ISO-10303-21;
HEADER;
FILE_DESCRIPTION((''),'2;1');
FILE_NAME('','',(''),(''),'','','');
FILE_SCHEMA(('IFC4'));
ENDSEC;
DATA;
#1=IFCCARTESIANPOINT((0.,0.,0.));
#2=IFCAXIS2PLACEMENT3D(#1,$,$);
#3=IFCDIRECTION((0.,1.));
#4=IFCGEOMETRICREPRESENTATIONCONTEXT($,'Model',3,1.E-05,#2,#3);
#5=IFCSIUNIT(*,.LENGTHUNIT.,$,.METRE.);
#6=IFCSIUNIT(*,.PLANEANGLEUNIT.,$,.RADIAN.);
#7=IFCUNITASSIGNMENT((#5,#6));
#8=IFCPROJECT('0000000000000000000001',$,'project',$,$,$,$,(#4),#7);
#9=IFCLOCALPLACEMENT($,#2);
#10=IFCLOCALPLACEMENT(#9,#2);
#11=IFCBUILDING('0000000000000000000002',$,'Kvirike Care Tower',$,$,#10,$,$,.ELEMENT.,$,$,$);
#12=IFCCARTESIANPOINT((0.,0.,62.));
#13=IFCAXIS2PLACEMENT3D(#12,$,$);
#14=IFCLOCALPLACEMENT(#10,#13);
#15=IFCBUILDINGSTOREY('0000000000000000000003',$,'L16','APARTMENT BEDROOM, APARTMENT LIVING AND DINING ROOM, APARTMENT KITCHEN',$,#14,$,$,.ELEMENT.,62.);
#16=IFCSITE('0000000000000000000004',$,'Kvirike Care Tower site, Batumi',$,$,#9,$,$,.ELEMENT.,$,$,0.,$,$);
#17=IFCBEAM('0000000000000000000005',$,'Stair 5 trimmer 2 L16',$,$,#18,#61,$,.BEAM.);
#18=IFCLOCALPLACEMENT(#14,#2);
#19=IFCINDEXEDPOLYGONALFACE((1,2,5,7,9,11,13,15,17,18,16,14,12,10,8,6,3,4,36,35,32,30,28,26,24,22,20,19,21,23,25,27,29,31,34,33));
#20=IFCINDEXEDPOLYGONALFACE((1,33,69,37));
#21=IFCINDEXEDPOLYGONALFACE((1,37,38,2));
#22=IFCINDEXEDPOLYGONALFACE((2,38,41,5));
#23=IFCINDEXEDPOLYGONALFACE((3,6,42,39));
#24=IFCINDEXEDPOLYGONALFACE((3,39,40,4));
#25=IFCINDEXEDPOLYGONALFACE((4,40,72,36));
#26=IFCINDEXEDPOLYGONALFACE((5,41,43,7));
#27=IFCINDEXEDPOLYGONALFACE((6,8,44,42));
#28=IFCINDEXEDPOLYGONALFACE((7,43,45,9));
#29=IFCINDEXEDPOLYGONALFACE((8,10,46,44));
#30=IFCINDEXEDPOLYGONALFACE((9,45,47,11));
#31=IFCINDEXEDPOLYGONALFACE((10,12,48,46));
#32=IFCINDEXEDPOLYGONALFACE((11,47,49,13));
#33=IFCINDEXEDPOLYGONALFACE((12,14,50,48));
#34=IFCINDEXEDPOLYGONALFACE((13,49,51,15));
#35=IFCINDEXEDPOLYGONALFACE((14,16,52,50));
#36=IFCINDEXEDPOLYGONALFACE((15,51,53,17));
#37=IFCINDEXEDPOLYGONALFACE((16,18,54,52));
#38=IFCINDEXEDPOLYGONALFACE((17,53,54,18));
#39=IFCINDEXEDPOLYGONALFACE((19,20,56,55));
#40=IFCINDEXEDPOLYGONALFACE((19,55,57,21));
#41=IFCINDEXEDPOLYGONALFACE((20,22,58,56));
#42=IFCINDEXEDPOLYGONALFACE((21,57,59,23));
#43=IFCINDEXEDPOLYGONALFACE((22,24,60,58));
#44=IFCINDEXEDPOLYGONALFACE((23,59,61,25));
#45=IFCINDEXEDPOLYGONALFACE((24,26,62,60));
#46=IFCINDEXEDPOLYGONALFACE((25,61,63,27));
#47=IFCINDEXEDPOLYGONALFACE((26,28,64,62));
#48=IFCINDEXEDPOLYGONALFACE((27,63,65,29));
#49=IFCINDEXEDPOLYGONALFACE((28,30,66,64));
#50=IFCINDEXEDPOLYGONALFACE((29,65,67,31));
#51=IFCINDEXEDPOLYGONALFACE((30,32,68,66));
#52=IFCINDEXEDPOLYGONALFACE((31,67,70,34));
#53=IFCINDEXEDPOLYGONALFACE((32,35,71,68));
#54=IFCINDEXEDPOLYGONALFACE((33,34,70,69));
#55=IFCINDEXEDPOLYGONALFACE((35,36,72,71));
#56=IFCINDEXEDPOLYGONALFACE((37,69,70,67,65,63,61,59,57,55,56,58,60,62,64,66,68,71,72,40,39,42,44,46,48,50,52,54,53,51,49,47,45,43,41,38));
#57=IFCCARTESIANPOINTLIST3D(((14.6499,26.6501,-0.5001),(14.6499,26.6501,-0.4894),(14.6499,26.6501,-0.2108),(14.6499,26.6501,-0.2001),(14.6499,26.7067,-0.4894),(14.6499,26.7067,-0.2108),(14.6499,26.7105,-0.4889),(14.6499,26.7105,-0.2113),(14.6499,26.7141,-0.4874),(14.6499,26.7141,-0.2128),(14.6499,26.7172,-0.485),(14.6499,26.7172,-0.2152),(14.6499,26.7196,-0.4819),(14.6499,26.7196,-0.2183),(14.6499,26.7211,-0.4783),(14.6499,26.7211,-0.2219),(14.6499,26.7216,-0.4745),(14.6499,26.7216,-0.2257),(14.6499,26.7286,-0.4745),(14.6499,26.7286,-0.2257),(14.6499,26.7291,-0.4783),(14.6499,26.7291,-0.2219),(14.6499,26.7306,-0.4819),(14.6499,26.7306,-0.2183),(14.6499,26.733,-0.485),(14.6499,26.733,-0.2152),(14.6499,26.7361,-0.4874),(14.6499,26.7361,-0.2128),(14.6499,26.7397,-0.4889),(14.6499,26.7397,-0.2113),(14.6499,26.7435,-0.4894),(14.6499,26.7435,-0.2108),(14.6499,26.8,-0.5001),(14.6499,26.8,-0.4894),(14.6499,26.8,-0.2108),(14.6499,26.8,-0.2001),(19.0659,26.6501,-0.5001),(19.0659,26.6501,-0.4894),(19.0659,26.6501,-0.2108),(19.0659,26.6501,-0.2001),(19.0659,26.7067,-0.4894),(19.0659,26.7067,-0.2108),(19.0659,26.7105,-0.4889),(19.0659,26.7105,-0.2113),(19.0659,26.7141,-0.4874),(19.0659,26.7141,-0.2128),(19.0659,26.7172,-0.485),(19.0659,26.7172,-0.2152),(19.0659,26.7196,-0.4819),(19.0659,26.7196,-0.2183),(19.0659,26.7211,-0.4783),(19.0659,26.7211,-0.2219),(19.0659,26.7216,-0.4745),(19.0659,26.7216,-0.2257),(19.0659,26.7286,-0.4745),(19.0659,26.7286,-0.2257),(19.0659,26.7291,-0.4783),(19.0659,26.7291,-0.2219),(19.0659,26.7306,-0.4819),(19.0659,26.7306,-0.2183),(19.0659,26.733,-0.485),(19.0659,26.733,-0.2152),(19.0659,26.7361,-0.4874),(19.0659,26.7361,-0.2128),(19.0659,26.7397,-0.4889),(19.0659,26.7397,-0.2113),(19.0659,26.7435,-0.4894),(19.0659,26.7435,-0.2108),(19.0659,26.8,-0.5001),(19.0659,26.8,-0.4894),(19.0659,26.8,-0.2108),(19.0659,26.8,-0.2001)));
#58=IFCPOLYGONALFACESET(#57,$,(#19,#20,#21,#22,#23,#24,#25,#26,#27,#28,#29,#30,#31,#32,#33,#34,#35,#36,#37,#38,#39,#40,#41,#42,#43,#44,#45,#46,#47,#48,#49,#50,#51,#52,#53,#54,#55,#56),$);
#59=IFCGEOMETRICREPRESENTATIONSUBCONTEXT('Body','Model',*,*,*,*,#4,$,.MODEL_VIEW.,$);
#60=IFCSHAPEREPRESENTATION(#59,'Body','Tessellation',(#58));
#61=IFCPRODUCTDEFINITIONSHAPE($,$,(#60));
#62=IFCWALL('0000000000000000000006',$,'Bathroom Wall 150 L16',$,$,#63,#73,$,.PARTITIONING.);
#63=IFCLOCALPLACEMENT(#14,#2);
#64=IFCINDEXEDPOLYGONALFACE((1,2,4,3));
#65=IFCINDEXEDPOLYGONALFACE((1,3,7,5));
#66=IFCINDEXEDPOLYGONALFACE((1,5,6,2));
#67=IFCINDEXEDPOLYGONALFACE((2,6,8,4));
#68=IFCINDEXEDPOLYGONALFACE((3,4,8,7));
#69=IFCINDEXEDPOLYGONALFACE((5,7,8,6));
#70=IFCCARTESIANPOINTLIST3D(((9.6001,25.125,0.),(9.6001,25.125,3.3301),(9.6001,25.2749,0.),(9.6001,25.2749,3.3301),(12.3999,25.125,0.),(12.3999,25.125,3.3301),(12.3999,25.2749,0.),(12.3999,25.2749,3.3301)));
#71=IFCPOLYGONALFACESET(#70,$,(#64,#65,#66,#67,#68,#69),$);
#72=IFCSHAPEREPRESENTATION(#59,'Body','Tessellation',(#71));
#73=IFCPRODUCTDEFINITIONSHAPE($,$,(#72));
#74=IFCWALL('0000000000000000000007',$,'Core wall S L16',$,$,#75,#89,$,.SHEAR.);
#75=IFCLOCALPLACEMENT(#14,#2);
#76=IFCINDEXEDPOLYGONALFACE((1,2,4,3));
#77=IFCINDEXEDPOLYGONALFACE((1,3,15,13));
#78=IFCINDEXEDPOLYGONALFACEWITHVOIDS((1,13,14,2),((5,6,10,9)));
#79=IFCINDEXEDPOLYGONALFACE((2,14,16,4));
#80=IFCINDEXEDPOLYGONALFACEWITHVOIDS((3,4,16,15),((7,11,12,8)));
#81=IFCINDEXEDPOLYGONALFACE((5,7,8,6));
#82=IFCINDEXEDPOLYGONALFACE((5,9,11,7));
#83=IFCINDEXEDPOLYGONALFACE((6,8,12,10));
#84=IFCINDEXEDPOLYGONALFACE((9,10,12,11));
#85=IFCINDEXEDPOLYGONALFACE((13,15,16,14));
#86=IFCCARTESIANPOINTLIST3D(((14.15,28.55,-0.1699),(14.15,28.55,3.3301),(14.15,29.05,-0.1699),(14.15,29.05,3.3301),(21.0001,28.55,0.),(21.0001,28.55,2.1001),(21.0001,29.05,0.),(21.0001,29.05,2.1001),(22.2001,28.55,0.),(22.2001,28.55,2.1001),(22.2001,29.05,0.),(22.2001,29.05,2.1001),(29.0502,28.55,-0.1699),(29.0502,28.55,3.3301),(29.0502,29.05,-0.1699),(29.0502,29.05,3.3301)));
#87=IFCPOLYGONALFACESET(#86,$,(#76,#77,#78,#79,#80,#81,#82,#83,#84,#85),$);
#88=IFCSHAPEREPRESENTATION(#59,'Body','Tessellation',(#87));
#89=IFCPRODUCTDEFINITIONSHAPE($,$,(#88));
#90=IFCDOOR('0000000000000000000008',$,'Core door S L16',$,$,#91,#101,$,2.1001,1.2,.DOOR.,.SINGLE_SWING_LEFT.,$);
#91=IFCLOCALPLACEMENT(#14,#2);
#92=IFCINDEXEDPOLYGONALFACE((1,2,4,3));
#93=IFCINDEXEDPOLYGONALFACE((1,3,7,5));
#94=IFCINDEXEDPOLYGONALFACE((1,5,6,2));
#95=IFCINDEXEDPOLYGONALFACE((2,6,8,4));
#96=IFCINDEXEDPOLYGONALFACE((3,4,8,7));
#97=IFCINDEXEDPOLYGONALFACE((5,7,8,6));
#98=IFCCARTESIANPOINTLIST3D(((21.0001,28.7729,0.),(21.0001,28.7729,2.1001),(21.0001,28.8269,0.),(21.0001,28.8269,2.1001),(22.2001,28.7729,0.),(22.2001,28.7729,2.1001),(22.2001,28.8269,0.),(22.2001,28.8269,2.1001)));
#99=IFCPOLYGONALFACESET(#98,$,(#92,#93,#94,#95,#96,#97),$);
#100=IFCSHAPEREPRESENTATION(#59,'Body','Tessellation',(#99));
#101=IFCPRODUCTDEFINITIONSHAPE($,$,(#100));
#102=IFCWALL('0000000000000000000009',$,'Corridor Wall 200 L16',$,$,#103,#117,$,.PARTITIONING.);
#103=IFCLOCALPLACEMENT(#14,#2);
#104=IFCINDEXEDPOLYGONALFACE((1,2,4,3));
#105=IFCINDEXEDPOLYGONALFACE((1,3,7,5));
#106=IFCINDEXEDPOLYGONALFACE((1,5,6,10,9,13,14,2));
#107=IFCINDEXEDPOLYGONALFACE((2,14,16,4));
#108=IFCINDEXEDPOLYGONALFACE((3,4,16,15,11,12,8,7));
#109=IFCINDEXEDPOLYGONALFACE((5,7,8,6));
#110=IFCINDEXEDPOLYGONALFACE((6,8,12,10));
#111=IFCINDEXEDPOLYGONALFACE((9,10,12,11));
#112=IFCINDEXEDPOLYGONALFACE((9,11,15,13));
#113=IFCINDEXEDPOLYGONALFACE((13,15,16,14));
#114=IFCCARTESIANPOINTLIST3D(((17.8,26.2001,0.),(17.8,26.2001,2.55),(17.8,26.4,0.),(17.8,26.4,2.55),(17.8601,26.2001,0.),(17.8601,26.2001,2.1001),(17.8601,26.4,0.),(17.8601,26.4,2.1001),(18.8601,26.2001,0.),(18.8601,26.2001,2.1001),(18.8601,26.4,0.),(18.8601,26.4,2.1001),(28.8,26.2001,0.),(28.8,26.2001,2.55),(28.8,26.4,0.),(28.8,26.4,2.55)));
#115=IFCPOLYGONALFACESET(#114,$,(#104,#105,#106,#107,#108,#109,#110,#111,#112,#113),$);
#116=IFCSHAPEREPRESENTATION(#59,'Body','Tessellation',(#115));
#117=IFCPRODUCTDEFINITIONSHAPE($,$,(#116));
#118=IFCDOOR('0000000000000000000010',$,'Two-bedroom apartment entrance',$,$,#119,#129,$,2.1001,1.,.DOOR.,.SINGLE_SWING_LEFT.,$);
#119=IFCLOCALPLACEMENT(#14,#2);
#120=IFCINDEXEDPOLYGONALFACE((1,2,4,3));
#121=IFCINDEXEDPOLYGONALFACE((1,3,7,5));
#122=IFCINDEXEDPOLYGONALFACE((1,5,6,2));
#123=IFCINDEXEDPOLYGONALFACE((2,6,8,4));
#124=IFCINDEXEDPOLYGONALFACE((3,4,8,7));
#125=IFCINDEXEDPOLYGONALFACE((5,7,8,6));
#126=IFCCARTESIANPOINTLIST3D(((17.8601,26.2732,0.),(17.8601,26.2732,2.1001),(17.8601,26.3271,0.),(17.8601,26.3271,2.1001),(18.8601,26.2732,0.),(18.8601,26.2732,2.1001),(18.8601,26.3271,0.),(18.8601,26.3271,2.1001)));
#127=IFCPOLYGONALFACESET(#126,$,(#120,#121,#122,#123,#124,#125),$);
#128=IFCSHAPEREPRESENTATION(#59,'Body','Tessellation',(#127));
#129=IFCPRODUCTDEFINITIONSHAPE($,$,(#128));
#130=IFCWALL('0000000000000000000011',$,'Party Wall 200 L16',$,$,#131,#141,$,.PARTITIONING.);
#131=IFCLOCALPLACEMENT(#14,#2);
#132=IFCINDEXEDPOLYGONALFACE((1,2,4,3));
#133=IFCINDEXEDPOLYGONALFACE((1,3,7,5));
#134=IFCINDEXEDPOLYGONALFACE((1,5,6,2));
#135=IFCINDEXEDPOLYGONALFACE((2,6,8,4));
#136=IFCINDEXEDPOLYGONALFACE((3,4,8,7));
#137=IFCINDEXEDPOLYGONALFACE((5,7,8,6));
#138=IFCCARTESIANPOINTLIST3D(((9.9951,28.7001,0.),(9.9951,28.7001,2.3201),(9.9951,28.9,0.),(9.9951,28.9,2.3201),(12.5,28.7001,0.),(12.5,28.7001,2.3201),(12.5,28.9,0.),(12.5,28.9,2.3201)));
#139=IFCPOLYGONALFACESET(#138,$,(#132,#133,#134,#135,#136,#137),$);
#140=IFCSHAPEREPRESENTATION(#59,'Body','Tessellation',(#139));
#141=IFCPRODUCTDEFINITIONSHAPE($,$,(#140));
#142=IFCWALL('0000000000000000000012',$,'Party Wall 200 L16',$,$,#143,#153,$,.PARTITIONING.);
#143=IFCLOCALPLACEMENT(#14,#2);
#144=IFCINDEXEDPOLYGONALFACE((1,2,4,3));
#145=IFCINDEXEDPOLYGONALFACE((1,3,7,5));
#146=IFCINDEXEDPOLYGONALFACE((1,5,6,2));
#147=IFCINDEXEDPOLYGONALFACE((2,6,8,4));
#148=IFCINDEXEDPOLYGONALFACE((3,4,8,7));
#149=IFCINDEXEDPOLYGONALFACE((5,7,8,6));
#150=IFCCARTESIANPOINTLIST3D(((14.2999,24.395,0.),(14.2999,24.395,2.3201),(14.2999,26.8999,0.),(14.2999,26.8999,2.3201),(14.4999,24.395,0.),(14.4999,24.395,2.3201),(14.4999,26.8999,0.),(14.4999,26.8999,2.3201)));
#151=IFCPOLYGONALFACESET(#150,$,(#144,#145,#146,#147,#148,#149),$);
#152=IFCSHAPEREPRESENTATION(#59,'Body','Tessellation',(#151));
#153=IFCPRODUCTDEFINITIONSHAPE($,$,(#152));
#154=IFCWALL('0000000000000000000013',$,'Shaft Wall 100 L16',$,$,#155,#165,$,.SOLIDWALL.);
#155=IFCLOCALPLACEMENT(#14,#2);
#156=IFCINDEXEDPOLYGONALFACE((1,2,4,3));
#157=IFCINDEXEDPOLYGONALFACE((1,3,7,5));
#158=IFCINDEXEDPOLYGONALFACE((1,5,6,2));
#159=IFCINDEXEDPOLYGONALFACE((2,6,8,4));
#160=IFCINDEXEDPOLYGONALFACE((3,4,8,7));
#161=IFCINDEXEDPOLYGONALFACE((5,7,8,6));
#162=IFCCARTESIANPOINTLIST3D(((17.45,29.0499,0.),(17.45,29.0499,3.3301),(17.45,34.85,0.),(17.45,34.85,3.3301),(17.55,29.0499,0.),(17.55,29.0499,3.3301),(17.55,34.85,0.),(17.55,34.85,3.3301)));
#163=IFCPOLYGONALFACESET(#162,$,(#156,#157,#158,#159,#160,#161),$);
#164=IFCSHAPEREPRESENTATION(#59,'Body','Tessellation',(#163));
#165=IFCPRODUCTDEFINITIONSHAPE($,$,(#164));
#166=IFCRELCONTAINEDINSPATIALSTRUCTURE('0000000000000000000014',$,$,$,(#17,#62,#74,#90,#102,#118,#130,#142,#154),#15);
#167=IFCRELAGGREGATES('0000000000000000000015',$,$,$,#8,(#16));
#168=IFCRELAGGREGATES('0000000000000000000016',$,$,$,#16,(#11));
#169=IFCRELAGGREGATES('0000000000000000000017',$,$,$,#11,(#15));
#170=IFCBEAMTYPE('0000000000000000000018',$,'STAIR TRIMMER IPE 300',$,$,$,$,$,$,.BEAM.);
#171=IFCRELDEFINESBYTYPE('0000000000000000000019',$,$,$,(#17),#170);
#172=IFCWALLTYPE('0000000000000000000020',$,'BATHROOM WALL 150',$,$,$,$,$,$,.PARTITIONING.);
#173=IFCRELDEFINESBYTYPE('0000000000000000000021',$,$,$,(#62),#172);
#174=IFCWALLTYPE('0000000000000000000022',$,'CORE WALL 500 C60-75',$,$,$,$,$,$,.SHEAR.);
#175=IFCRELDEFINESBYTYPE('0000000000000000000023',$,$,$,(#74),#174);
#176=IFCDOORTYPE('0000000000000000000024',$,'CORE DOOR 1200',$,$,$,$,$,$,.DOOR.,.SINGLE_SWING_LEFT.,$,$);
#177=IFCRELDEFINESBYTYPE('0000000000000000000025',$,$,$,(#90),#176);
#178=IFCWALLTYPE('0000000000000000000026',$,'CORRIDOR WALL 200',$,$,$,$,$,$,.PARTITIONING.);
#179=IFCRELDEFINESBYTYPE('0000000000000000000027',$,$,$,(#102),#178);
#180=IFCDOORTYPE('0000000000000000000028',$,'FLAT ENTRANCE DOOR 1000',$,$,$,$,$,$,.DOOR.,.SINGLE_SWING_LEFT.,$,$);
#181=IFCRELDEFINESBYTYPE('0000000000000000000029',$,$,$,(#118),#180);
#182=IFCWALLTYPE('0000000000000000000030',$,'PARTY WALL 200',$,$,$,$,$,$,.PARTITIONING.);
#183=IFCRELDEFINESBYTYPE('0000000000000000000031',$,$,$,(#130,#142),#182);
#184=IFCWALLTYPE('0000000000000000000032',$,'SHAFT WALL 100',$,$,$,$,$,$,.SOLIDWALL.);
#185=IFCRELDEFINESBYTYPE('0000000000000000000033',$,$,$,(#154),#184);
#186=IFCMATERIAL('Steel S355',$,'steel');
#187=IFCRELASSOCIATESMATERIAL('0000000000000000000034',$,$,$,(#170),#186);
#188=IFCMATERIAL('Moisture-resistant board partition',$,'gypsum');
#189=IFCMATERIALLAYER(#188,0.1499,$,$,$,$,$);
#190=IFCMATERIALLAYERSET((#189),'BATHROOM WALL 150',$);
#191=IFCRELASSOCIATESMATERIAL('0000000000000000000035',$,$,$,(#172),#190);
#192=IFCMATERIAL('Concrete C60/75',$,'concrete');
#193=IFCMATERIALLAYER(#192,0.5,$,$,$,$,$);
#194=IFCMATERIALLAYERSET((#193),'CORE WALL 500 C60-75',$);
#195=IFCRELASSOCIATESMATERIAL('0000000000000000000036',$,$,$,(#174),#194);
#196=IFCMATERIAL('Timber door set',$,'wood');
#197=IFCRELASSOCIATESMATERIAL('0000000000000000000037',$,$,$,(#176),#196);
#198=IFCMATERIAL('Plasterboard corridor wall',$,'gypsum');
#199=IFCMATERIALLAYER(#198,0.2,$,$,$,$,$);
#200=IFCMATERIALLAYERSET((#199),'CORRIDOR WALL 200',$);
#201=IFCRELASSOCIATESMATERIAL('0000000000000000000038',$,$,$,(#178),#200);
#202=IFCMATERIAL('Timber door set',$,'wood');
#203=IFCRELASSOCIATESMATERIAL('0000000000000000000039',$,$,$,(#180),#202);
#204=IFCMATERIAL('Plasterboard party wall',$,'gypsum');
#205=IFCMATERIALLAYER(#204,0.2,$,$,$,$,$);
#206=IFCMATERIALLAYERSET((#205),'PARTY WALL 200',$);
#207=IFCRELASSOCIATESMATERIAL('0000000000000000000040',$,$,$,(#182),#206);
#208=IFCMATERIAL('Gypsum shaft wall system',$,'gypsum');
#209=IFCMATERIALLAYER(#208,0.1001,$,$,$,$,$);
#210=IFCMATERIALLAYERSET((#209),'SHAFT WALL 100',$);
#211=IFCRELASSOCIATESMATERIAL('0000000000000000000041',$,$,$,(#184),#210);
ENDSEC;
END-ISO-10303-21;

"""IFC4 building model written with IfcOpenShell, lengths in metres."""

from ifc_helpers import new_model, si_unit, direction, frame, frame_2d, origin, origin_2d, place, context, subcontext, project, spatial, rectangle, i_section, extrude, material, layer, layer_set, material_profile, profile_set, type_object, element, fill, save


model = new_model("IFC4")

# Units and contexts
model_context = context("Model", 3, precision=1e-05, world=origin(), true_north=direction((0.0, 1.0)))
body_context = subcontext(model_context, "Body", "Model", "MODEL_VIEW")
ifc_project = project(units=[si_unit("LENGTHUNIT", "METRE"), si_unit("PLANEANGLEUNIT", "RADIAN")], contexts=[model_context])

# Site, building, storey
site_placement = place(None, origin())
site = spatial("IfcSite", under=ifc_project, at=site_placement, Name="Kvirike Care Tower site, Batumi", CompositionType="ELEMENT", RefElevation=0.0)
building_placement = place(site_placement, origin())
building = spatial("IfcBuilding", under=site, at=building_placement, Name="Kvirike Care Tower", CompositionType="ELEMENT")
storey_placement = place(building_placement, frame((0.0, 0.0, 62.0)))
storey = spatial("IfcBuildingStorey", under=building, at=storey_placement, Name="L16", Description="APARTMENT BEDROOM, APARTMENT LIVING AND DINING ROOM, APARTMENT KITCHEN", CompositionType="ELEMENT", Elevation=62.0)

# Beam
ifc_material_1 = material(Name="Steel S355", Category="steel")
ifc_material_profile_1 = material_profile(ifc_material_1, i_section(OverallWidth=0.1499, OverallDepth=0.3, WebThickness=0.0071, FlangeThickness=0.0107, FilletRadius=0.0149, at=origin_2d()), Name="IPE 300")
ifc_profile_set_1 = profile_set([ifc_material_profile_1], Name="Steel S355")
beam_type_1 = type_object("IfcBeamType", Name="STAIR TRIMMER IPE 300", PredefinedType="BEAM", material=ifc_profile_set_1)
for number, where, z_axis, x_axis, name in (
    (1, (14.6499, 26.7251, -0.3501), (1.0, 0.0, 0.0), (0.0, 1.0, 0.0), "Stair 5 trimmer 2 L16"),
):
    element("IfcBeam", number, at=place(storey_placement, frame(where, z_axis=z_axis, x_axis=x_axis)), inside=storey, type_object=beam_type_1, Name=name, PredefinedType="BEAM", context=body_context, shape_type="SweptSolid", body=[
        extrude(i_section(OverallWidth=0.1499, OverallDepth=0.3, WebThickness=0.0071, FlangeThickness=0.0107, FilletRadius=0.0149, at=origin_2d()), origin(), (0.0, 0.0, 1.0), 4.416),
    ])

# Wall
ifc_material_2 = material(Name="Moisture-resistant board partition", Category="gypsum")
ifc_layer_1 = layer(ifc_material_2, 0.1499)
ifc_layer_set_1 = layer_set([ifc_layer_1], Name="BATHROOM WALL 150")
wall_type_1 = type_object("IfcWallType", Name="BATHROOM WALL 150", PredefinedType="PARTITIONING", material=ifc_layer_set_1)
wall_1_placement = place(storey_placement, frame((9.6001, 25.2, 0.0), z_axis=(0.0, 0.0, 1.0), x_axis=(1.0, 0.0, 0.0)))
element("IfcWall", 2, at=wall_1_placement, inside=storey, type_object=wall_type_1, Name="Bathroom Wall 150 L16", PredefinedType="PARTITIONING", context=body_context, shape_type="SweptSolid", body=[
    extrude(rectangle(XDim=2.7998, YDim=0.1499, at=frame_2d((1.3999, 0.0))), origin(), (0.0, 0.0, 1.0), 3.3301),
])

# Walls, openings, doors
ifc_material_3 = material(Name="Concrete C60/75", Category="concrete")
ifc_layer_2 = layer(ifc_material_3, 0.5)
ifc_layer_set_2 = layer_set([ifc_layer_2], Name="CORE WALL 500 C60-75")
wall_type_2 = type_object("IfcWallType", Name="CORE WALL 500 C60-75", PredefinedType="SHEAR", material=ifc_layer_set_2)
wall_2_placement = place(storey_placement, frame((14.1499, 28.8, -0.1699), z_axis=(0.0, 0.0, 1.0), x_axis=(1.0, 0.0, 0.0)))
wall_2 = element("IfcWall", 3, at=wall_2_placement, inside=storey, type_object=wall_type_2, Name="Core wall S L16", PredefinedType="SHEAR", context=body_context, shape_type="SweptSolid", body=[
    extrude(rectangle(XDim=14.9001, YDim=0.5, at=frame_2d((7.4502, 0.0))), origin(), (0.0, 0.0, 1.0), 3.5),
])
opening_1_placement = place(wall_2_placement, frame((6.8501, 0.0, 0.1699)))
opening_1 = element("IfcOpeningElement", 4, at=opening_1_placement, cuts=wall_2, PredefinedType="OPENING", context=body_context, shape_type="SweptSolid", body=[
    extrude(rectangle(XDim=1.2, YDim=2.1001, at=frame_2d((0.6001, 1.05))), frame((0.0, 0.2605, 0.0), z_axis=(0.0, -1.0, 0.0), x_axis=(1.0, 0.0, 0.0)), (0.0, 0.0, 1.0), 0.521),
])
ifc_material_4 = material(Name="Timber door set", Category="wood")
door_type_1 = type_object("IfcDoorType", Name="CORE DOOR 1200", OperationType="SINGLE_SWING_LEFT", PredefinedType="DOOR", material=ifc_material_4)
door_1_placement = place(opening_1_placement, origin())
door_1 = element("IfcDoor", 5, at=door_1_placement, inside=storey, type_object=door_type_1, Name="Core door S L16", OperationType="SINGLE_SWING_LEFT", OverallHeight=2.1001, OverallWidth=1.2, PredefinedType="DOOR", context=body_context, shape_type="SweptSolid", body=[
    extrude(rectangle(XDim=1.2, YDim=2.1001, at=frame_2d((0.6001, 1.05))), frame((0.0, 0.0269, 0.0), z_axis=(0.0, -1.0, 0.0), x_axis=(1.0, 0.0, 0.0)), (0.0, 0.0, 1.0), 0.054),
])
fill(opening_1, door_1)
ifc_material_5 = material(Name="Plasterboard corridor wall", Category="gypsum")
ifc_layer_3 = layer(ifc_material_5, 0.2)
ifc_layer_set_3 = layer_set([ifc_layer_3], Name="CORRIDOR WALL 200")
wall_type_3 = type_object("IfcWallType", Name="CORRIDOR WALL 200", PredefinedType="PARTITIONING", material=ifc_layer_set_3)
wall_3_placement = place(storey_placement, frame((17.8, 26.3, 0.0), z_axis=(0.0, 0.0, 1.0), x_axis=(1.0, 0.0, 0.0)))
wall_3 = element("IfcWall", 6, at=wall_3_placement, inside=storey, type_object=wall_type_3, Name="Corridor Wall 200 L16", PredefinedType="PARTITIONING", context=body_context, shape_type="SweptSolid", body=[
    extrude(rectangle(XDim=11.0, YDim=0.2, at=frame_2d((5.5, 0.0))), origin(), (0.0, 0.0, 1.0), 2.55),
])
opening_2_placement = place(wall_3_placement, frame((0.0601, 0.0, 0.0)))
opening_2 = element("IfcOpeningElement", 7, at=opening_2_placement, cuts=wall_3, PredefinedType="OPENING", context=body_context, shape_type="SweptSolid", body=[
    extrude(rectangle(XDim=1.0, YDim=2.1001, at=frame_2d((0.5, 1.05))), frame((0.0, 0.1106, 0.0), z_axis=(0.0, -1.0, 0.0), x_axis=(1.0, 0.0, 0.0)), (0.0, 0.0, 1.0), 0.2209),
])
ifc_material_6 = material(Name="Timber door set", Category="wood")
door_type_2 = type_object("IfcDoorType", Name="FLAT ENTRANCE DOOR 1000", OperationType="SINGLE_SWING_LEFT", PredefinedType="DOOR", material=ifc_material_6)
door_2_placement = place(opening_2_placement, frame((1.0, 0.0, 0.0), z_axis=(0.0, 0.0, 1.0), x_axis=(-1.0, 0.0, 0.0)))
door_2 = element("IfcDoor", 8, at=door_2_placement, inside=storey, type_object=door_type_2, Name="Two-bedroom apartment entrance", OperationType="SINGLE_SWING_LEFT", OverallHeight=2.1001, OverallWidth=1.0, PredefinedType="DOOR", context=body_context, shape_type="SweptSolid", body=[
    extrude(rectangle(XDim=1.0, YDim=2.1001, at=frame_2d((0.5, 1.05))), frame((0.0, 0.0269, 0.0), z_axis=(0.0, -1.0, 0.0), x_axis=(1.0, 0.0, 0.0)), (0.0, 0.0, 1.0), 0.054),
])
fill(opening_2, door_2)

# Walls
ifc_material_7 = material(Name="Plasterboard party wall", Category="gypsum")
ifc_layer_4 = layer(ifc_material_7, 0.2)
ifc_layer_set_4 = layer_set([ifc_layer_4], Name="PARTY WALL 200")
wall_type_4 = type_object("IfcWallType", Name="PARTY WALL 200", PredefinedType="PARTITIONING", material=ifc_layer_set_4)
for number, where, z_axis, x_axis, name in (
    (9, (12.5, 28.8, 0.0), (0.0, 0.0, 1.0), (-1.0, 0.0, 0.0), "Party Wall 200 L16"),
    (10, (14.3999, 24.395, 0.0), (0.0, 0.0, 1.0), (0.0, 1.0, 0.0), "Party Wall 200 L16"),
):
    element("IfcWall", number, at=place(storey_placement, frame(where, z_axis=z_axis, x_axis=x_axis)), inside=storey, type_object=wall_type_4, Name=name, PredefinedType="PARTITIONING", context=body_context, shape_type="SweptSolid", body=[
        extrude(rectangle(XDim=2.5049, YDim=0.2, at=frame_2d((1.2524, 0.0))), origin(), (0.0, 0.0, 1.0), 2.3201),
    ])
ifc_material_8 = material(Name="Gypsum shaft wall system", Category="gypsum")
ifc_layer_5 = layer(ifc_material_8, 0.1001)
ifc_layer_set_5 = layer_set([ifc_layer_5], Name="SHAFT WALL 100")
wall_type_5 = type_object("IfcWallType", Name="SHAFT WALL 100", PredefinedType="SOLIDWALL", material=ifc_layer_set_5)
wall_4_placement = place(storey_placement, frame((17.5, 29.05, 0.0), z_axis=(0.0, 0.0, 1.0), x_axis=(0.0, 1.0, 0.0)))
element("IfcWall", 11, at=wall_4_placement, inside=storey, type_object=wall_type_5, Name="Shaft Wall 100 L16", PredefinedType="SOLIDWALL", context=body_context, shape_type="SweptSolid", body=[
    extrude(rectangle(XDim=5.8, YDim=0.1001, at=frame_2d((2.8999, 0.0))), origin(), (0.0, 0.0, 1.0), 3.3301),
])

save(model, "model.ifc")
